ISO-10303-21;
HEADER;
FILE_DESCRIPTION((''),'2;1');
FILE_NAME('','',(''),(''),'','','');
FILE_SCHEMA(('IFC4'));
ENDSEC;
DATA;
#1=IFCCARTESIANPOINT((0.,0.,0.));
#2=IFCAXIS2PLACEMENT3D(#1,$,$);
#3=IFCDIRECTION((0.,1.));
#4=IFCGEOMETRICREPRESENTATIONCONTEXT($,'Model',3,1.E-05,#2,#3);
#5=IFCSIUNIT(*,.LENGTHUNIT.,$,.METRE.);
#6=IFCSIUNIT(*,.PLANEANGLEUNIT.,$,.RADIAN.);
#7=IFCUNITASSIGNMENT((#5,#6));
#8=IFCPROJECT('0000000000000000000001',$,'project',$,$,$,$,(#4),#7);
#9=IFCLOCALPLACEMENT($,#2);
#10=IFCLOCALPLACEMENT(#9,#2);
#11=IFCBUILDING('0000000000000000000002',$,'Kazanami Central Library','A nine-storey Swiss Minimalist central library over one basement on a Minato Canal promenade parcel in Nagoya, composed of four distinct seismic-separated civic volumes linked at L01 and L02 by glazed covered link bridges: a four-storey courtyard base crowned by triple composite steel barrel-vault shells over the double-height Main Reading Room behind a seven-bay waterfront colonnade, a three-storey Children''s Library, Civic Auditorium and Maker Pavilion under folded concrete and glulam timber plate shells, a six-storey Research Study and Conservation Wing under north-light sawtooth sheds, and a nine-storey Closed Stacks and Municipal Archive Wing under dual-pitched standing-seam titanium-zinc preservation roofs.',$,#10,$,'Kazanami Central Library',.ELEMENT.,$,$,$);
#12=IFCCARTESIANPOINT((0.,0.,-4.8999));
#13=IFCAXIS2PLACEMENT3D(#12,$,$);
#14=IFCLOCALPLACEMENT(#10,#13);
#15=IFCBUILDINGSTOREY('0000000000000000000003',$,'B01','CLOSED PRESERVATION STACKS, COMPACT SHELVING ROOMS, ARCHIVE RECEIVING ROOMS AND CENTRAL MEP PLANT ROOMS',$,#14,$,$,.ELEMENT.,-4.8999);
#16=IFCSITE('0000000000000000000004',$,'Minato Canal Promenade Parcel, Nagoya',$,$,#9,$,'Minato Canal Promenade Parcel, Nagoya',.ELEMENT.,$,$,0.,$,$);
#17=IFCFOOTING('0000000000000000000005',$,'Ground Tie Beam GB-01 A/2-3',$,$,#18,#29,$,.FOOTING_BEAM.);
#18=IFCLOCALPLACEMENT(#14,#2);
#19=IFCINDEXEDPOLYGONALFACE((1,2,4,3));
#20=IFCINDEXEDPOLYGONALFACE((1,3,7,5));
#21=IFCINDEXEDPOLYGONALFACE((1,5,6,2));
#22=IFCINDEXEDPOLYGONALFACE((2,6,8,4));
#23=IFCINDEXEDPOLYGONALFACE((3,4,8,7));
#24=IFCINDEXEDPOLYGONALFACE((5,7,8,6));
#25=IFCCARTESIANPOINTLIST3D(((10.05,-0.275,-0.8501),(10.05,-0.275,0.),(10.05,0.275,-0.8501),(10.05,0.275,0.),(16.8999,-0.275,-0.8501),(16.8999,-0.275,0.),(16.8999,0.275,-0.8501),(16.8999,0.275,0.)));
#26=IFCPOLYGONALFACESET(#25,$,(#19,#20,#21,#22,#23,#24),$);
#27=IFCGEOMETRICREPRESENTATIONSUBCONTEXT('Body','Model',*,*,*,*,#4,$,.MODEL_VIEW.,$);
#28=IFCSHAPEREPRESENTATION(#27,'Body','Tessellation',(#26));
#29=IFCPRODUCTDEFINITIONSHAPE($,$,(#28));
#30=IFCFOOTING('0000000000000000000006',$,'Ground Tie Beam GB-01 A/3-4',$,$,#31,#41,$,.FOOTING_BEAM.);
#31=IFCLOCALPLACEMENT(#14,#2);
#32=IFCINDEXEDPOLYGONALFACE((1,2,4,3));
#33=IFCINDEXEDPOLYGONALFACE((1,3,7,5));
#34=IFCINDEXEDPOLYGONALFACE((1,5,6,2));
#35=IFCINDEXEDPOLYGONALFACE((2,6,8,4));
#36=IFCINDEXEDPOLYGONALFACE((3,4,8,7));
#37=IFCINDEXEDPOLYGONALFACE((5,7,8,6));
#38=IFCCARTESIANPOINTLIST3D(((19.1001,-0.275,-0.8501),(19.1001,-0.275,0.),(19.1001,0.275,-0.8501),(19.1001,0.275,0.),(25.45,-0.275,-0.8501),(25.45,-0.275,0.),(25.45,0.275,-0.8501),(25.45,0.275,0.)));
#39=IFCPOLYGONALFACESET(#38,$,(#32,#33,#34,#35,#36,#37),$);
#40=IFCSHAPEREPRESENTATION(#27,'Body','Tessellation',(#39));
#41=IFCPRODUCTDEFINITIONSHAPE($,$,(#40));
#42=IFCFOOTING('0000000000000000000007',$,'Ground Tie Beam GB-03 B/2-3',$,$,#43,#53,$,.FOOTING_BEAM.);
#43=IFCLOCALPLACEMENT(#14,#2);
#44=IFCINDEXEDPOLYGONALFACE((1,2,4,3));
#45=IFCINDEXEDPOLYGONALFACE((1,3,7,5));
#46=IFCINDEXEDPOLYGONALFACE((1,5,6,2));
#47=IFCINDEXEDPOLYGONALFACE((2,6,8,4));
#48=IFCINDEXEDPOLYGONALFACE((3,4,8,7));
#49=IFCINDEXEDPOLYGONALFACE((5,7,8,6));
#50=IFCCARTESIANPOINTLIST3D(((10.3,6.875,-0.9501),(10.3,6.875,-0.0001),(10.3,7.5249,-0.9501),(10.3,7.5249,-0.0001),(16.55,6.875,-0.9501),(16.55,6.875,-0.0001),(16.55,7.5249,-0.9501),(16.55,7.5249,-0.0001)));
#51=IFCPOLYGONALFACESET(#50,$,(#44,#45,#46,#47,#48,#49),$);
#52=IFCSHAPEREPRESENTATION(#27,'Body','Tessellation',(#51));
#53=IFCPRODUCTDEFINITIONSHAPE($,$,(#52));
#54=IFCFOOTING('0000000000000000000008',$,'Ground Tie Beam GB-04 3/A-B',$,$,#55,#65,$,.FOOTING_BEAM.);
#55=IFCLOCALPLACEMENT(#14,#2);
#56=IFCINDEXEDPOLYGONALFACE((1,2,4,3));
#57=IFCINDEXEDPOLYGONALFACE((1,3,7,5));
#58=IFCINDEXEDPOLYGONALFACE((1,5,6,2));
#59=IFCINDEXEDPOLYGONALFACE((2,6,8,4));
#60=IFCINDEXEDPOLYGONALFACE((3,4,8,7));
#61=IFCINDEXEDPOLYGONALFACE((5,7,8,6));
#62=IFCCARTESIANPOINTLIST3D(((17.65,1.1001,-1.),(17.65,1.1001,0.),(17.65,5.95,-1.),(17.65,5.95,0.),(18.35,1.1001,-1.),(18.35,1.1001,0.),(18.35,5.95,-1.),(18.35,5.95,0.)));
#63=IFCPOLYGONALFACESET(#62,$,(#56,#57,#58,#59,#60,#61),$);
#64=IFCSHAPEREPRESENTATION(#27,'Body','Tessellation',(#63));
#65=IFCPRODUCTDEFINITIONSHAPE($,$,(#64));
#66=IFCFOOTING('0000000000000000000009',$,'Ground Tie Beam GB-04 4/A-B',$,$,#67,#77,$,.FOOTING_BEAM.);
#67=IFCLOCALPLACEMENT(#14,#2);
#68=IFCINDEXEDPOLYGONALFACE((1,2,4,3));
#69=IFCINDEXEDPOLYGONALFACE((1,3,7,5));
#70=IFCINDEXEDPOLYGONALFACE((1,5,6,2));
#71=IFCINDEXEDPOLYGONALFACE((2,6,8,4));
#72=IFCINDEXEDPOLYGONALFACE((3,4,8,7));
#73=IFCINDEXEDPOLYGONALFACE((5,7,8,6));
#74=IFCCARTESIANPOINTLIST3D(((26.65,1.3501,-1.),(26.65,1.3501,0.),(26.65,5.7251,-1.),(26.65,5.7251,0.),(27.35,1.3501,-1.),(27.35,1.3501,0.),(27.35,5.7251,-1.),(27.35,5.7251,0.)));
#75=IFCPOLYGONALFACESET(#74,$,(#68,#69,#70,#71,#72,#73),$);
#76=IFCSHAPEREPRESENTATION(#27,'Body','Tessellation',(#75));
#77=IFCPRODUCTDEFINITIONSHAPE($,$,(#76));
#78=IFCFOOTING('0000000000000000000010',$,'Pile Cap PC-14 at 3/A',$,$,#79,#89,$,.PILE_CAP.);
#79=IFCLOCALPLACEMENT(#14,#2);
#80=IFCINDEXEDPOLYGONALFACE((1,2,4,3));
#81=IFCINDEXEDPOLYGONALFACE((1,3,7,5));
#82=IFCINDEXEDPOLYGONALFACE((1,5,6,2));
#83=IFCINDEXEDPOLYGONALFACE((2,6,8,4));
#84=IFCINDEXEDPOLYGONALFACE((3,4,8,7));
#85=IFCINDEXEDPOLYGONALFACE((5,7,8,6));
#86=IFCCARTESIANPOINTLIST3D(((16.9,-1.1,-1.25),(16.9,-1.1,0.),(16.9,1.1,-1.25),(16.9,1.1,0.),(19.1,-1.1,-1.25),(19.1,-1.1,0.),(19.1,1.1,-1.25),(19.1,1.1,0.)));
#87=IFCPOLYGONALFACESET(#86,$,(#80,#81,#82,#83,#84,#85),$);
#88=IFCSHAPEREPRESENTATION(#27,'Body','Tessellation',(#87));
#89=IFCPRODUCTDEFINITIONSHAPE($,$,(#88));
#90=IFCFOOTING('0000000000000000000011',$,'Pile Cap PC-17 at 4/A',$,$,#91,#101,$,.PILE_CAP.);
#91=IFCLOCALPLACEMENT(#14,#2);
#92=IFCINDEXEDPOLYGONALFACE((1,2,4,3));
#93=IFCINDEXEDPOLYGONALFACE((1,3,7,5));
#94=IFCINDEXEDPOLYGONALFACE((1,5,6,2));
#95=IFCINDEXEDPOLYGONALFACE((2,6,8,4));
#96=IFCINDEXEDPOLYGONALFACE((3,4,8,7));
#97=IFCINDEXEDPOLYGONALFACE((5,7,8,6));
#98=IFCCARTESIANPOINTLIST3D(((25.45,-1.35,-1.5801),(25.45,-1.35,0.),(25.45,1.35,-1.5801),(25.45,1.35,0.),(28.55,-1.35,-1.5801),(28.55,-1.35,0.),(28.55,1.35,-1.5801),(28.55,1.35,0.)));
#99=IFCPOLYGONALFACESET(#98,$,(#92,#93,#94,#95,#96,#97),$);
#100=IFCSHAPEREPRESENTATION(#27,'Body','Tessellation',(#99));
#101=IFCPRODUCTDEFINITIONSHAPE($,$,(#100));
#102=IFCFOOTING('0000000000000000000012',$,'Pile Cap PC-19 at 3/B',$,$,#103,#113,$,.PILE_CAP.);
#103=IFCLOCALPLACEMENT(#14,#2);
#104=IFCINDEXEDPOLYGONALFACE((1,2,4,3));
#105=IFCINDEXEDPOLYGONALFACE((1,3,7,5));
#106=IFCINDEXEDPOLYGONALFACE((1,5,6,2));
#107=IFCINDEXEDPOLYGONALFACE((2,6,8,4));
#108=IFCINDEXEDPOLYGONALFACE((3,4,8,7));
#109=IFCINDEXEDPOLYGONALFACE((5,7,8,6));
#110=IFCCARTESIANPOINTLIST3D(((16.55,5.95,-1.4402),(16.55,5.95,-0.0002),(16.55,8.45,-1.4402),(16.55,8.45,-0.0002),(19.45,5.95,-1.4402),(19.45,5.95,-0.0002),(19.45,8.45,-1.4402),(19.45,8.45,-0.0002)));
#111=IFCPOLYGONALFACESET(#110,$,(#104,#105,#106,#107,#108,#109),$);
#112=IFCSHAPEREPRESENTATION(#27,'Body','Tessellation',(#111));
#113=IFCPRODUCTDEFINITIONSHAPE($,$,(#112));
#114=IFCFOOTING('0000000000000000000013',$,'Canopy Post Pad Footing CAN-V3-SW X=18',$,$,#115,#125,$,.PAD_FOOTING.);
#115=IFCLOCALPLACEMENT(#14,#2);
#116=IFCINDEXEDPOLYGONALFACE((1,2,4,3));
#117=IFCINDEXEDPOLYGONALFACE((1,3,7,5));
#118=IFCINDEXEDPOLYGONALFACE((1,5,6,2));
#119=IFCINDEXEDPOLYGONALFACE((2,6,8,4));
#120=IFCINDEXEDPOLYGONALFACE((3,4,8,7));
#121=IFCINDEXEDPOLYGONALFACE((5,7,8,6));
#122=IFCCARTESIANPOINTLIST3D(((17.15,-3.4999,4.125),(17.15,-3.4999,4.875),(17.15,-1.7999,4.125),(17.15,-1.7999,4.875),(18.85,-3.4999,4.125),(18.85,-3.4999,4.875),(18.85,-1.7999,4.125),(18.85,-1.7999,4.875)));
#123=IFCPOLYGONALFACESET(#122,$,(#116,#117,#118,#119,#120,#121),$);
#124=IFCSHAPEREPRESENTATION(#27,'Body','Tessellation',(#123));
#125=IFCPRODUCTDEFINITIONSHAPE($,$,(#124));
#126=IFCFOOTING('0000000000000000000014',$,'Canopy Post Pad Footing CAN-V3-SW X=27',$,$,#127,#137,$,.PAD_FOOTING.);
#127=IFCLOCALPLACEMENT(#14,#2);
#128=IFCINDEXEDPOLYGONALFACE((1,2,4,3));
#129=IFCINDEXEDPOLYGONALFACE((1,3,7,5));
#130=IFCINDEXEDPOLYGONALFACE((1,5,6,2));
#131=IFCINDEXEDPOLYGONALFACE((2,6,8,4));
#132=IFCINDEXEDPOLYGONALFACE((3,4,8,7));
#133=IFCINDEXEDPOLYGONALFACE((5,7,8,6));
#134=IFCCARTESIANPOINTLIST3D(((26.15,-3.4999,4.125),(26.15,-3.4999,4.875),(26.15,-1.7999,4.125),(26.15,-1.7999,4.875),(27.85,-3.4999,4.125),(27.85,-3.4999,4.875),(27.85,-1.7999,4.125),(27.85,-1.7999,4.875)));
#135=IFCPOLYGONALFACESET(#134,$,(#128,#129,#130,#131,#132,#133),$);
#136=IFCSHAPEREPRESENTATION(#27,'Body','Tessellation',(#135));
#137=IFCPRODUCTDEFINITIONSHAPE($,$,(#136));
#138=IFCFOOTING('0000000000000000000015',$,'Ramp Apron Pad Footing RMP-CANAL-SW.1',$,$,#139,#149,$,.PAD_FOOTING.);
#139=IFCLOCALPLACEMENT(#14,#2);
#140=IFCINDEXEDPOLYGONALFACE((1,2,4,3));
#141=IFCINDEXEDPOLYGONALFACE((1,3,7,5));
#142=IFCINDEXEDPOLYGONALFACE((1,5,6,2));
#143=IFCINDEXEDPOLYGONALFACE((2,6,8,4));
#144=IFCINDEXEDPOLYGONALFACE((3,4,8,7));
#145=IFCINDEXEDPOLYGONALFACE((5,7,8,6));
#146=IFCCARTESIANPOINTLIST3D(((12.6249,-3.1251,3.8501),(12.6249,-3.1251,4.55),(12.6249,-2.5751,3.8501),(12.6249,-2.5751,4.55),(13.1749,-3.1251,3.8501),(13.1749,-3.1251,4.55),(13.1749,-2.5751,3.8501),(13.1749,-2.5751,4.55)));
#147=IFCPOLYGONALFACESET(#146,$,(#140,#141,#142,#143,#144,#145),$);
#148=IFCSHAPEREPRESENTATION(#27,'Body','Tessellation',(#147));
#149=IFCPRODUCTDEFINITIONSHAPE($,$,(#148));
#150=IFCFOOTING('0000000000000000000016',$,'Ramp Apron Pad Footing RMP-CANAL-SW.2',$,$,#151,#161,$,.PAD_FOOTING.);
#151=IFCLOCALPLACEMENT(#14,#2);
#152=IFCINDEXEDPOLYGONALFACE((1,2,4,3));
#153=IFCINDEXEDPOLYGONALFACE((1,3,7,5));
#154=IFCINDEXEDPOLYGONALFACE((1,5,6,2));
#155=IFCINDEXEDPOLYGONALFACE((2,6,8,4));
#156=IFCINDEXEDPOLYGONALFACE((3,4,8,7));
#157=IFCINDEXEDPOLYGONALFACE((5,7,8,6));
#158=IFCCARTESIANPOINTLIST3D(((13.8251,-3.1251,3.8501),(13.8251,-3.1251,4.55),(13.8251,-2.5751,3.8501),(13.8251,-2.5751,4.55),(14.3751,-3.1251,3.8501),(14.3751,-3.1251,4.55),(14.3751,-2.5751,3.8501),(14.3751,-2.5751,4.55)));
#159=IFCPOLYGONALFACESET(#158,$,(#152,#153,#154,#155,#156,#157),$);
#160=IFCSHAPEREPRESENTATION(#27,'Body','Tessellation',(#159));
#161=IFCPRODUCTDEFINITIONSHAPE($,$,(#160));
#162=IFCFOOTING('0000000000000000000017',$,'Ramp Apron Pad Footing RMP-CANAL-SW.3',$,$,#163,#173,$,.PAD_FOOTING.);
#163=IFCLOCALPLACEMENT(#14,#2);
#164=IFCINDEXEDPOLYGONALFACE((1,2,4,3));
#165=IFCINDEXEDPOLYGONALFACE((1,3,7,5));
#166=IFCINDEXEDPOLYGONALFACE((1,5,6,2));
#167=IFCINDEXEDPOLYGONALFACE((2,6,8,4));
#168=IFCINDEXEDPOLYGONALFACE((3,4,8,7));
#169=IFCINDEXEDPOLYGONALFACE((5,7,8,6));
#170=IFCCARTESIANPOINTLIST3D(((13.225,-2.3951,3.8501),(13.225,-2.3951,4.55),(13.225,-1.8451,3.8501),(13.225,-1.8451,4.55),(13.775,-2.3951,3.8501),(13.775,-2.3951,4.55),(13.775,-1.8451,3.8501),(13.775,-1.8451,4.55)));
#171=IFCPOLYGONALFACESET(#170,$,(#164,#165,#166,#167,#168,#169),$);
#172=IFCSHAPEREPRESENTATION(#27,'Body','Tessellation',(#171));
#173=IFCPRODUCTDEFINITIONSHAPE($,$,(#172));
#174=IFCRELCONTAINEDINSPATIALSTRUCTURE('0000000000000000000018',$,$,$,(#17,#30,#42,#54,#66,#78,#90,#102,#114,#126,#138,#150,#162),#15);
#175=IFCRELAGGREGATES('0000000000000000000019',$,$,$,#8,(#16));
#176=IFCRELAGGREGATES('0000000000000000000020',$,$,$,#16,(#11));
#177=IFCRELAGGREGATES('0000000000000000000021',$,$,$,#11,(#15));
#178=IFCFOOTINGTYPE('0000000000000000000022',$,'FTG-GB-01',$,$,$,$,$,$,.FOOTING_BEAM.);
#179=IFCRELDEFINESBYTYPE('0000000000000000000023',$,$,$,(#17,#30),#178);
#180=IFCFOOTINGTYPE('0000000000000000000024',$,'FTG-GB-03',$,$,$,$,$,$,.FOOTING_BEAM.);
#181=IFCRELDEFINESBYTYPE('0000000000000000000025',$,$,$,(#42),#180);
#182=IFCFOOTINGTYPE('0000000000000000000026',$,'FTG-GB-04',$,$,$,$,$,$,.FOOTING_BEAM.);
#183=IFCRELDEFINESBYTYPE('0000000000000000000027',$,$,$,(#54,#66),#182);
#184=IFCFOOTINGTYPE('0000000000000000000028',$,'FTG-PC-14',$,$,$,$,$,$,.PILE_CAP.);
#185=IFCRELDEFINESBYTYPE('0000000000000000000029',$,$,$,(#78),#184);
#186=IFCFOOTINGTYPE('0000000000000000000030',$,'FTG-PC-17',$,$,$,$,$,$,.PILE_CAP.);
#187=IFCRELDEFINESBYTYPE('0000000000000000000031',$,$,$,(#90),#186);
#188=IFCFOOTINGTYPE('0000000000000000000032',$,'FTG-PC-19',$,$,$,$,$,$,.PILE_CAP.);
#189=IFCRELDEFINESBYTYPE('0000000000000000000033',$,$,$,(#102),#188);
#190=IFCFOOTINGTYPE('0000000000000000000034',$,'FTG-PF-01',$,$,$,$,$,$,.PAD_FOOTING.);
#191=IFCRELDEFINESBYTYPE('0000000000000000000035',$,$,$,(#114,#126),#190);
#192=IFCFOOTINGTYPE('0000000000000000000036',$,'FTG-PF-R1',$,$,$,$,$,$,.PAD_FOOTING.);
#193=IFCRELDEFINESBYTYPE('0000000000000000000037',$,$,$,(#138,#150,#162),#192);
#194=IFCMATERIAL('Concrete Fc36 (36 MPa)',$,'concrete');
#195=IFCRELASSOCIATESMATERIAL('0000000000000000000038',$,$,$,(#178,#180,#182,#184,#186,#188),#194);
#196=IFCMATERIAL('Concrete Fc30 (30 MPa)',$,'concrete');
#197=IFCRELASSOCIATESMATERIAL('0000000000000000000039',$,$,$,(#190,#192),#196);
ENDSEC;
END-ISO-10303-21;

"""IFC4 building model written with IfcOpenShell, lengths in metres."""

from ifc_helpers import new_model, si_unit, direction, frame, origin, origin_2d, place, context, subcontext, project, spatial, rectangle, extrude, material, material_profile, profile_set, type_object, element, save


model = new_model("IFC4")

# Units and contexts
model_context = context("Model", 3, precision=1e-05, world=origin(), true_north=direction((0.0, 1.0)))
body_context = subcontext(model_context, "Body", "Model", "MODEL_VIEW")
ifc_project = project(units=[si_unit("LENGTHUNIT", "METRE"), si_unit("PLANEANGLEUNIT", "RADIAN")], contexts=[model_context])

# Site, building, storey
site_placement = place(None, origin())
site = spatial("IfcSite", under=ifc_project, at=site_placement, Name="Minato Canal Promenade Parcel, Nagoya", LongName="Minato Canal Promenade Parcel, Nagoya", CompositionType="ELEMENT", RefElevation=0.0)
building_placement = place(site_placement, origin())
building = spatial("IfcBuilding", under=site, at=building_placement, Name="Kazanami Central Library", Description="A nine-storey Swiss Minimalist central library over one basement on a Minato Canal promenade parcel in Nagoya, composed of four distinct seismic-separated civic volumes linked at L01 and L02 by glazed covered link bridges: a four-storey courtyard base crowned by triple composite steel barrel-vault shells over the double-height Main Reading Room behind a seven-bay waterfront colonnade, a three-storey Children's Library, Civic Auditorium and Maker Pavilion under folded concrete and glulam timber plate shells, a six-storey Research Study and Conservation Wing under north-light sawtooth sheds, and a nine-storey Closed Stacks and Municipal Archive Wing under dual-pitched standing-seam titanium-zinc preservation roofs.", LongName="Kazanami Central Library", CompositionType="ELEMENT")
storey_placement = place(building_placement, frame((0.0, 0.0, -4.8999)))
storey = spatial("IfcBuildingStorey", under=building, at=storey_placement, Name="B01", Description="CLOSED PRESERVATION STACKS, COMPACT SHELVING ROOMS, ARCHIVE RECEIVING ROOMS AND CENTRAL MEP PLANT ROOMS", CompositionType="ELEMENT", Elevation=-4.8999)

# Footings
ifc_material_1 = material(Name="Concrete Fc36 (36 MPa)", Category="concrete")
ifc_material_profile_1 = material_profile(ifc_material_1, rectangle(XDim=0.55, YDim=0.8501, at=origin_2d()), Name="RC-550x850")
ifc_profile_set_1 = profile_set([ifc_material_profile_1], Name="Concrete Fc36 (36 MPa)")
footing_type_1 = type_object("IfcFootingType", Name="FTG-GB-01", PredefinedType="FOOTING_BEAM", material=ifc_profile_set_1)
footing_1_placement = place(storey_placement, frame((10.05, 0.0, -0.425), z_axis=(1.0, 0.0, 0.0), x_axis=(0.0, 1.0, 0.0)))
element("IfcFooting", 1, at=footing_1_placement, inside=storey, type_object=footing_type_1, Name="Ground Tie Beam GB-01 A/2-3", PredefinedType="FOOTING_BEAM", context=body_context, shape_type="SweptSolid", body=[
    extrude(rectangle(XDim=0.55, YDim=0.8501, at=origin_2d()), origin(), (0.0, 0.0, 1.0), 6.8499),
])
footing_2_placement = place(storey_placement, frame((19.1001, 0.0, -0.425), z_axis=(1.0, 0.0, 0.0), x_axis=(0.0, 1.0, 0.0)))
element("IfcFooting", 2, at=footing_2_placement, inside=storey, type_object=footing_type_1, Name="Ground Tie Beam GB-01 A/3-4", PredefinedType="FOOTING_BEAM", context=body_context, shape_type="SweptSolid", body=[
    extrude(rectangle(XDim=0.55, YDim=0.8501, at=origin_2d()), origin(), (0.0, 0.0, 1.0), 6.3499),
])
ifc_material_profile_2 = material_profile(ifc_material_1, rectangle(XDim=0.6499, YDim=0.95, at=origin_2d()), Name="RC-650x950")
ifc_profile_set_2 = profile_set([ifc_material_profile_2], Name="Concrete Fc36 (36 MPa)")
footing_type_2 = type_object("IfcFootingType", Name="FTG-GB-03", PredefinedType="FOOTING_BEAM", material=ifc_profile_set_2)
footing_3_placement = place(storey_placement, frame((10.3, 7.2, -0.4751), z_axis=(1.0, 0.0, 0.0), x_axis=(0.0, 1.0, 0.0)))
element("IfcFooting", 3, at=footing_3_placement, inside=storey, type_object=footing_type_2, Name="Ground Tie Beam GB-03 B/2-3", PredefinedType="FOOTING_BEAM", context=body_context, shape_type="SweptSolid", body=[
    extrude(rectangle(XDim=0.6499, YDim=0.95, at=origin_2d()), origin(), (0.0, 0.0, 1.0), 6.25),
])
ifc_material_profile_3 = material_profile(ifc_material_1, rectangle(XDim=0.7, YDim=1.0, at=origin_2d()), Name="RC-700x1000")
ifc_profile_set_3 = profile_set([ifc_material_profile_3], Name="Concrete Fc36 (36 MPa)")
footing_type_3 = type_object("IfcFootingType", Name="FTG-GB-04", PredefinedType="FOOTING_BEAM", material=ifc_profile_set_3)
footing_4_placement = place(storey_placement, frame((18.0, 1.1001, -0.5), z_axis=(0.0, 1.0, 0.0), x_axis=(-1.0, 0.0, 0.0)))
element("IfcFooting", 4, at=footing_4_placement, inside=storey, type_object=footing_type_3, Name="Ground Tie Beam GB-04 3/A-B", PredefinedType="FOOTING_BEAM", context=body_context, shape_type="SweptSolid", body=[
    extrude(rectangle(XDim=0.7, YDim=1.0, at=origin_2d()), origin(), (0.0, 0.0, 1.0), 4.8499),
])
footing_5_placement = place(storey_placement, frame((27.0, 1.3501, -0.5), z_axis=(0.0, 1.0, 0.0), x_axis=(-1.0, 0.0, 0.0)))
element("IfcFooting", 5, at=footing_5_placement, inside=storey, type_object=footing_type_3, Name="Ground Tie Beam GB-04 4/A-B", PredefinedType="FOOTING_BEAM", context=body_context, shape_type="SweptSolid", body=[
    extrude(rectangle(XDim=0.7, YDim=1.0, at=origin_2d()), origin(), (0.0, 0.0, 1.0), 4.375),
])
footing_type_4 = type_object("IfcFootingType", Name="FTG-PC-14", PredefinedType="PILE_CAP", material=ifc_material_1)
footing_6_placement = place(storey_placement, frame((18.0, 0.0, -1.25), z_axis=(0.0, 0.0, 1.0), x_axis=(1.0, 0.0, 0.0)))
element("IfcFooting", 6, at=footing_6_placement, inside=storey, type_object=footing_type_4, Name="Pile Cap PC-14 at 3/A", PredefinedType="PILE_CAP", context=body_context, shape_type="SweptSolid", body=[
    extrude(rectangle(XDim=2.2, YDim=2.2, at=origin_2d()), origin(), (0.0, 0.0, 1.0), 1.25),
])
footing_type_5 = type_object("IfcFootingType", Name="FTG-PC-17", PredefinedType="PILE_CAP", material=ifc_material_1)
footing_7_placement = place(storey_placement, frame((27.0, 0.0, -1.5801), z_axis=(0.0, 0.0, 1.0), x_axis=(1.0, 0.0, 0.0)))
element("IfcFooting", 7, at=footing_7_placement, inside=storey, type_object=footing_type_5, Name="Pile Cap PC-17 at 4/A", PredefinedType="PILE_CAP", context=body_context, shape_type="SweptSolid", body=[
    extrude(rectangle(XDim=3.1001, YDim=2.7, at=origin_2d()), origin(), (0.0, 0.0, 1.0), 1.5801),
])
footing_type_6 = type_object("IfcFootingType", Name="FTG-PC-19", PredefinedType="PILE_CAP", material=ifc_material_1)
footing_8_placement = place(storey_placement, frame((18.0, 7.2, -1.4402), z_axis=(0.0, 0.0, 1.0), x_axis=(1.0, 0.0, 0.0)))
element("IfcFooting", 8, at=footing_8_placement, inside=storey, type_object=footing_type_6, Name="Pile Cap PC-19 at 3/B", PredefinedType="PILE_CAP", context=body_context, shape_type="SweptSolid", body=[
    extrude(rectangle(XDim=2.8999, YDim=2.5, at=origin_2d()), origin(), (0.0, 0.0, 1.0), 1.4399),
])
ifc_material_2 = material(Name="Concrete Fc30 (30 MPa)", Category="concrete")
footing_type_7 = type_object("IfcFootingType", Name="FTG-PF-01", PredefinedType="PAD_FOOTING", material=ifc_material_2)
for number, where, z_axis, x_axis, name in (
    (9, (18.0, -2.6499, 4.125), (0.0, 0.0, 1.0), (1.0, 0.0, 0.0), "Canopy Post Pad Footing CAN-V3-SW X=18"),
    (10, (27.0, -2.6499, 4.125), (0.0, 0.0, 1.0), (1.0, 0.0, 0.0), "Canopy Post Pad Footing CAN-V3-SW X=27"),
):
    element("IfcFooting", number, at=place(storey_placement, frame(where, z_axis=z_axis, x_axis=x_axis)), inside=storey, type_object=footing_type_7, Name=name, PredefinedType="PAD_FOOTING", context=body_context, shape_type="SweptSolid", body=[
        extrude(rectangle(XDim=1.7, YDim=1.7, at=origin_2d()), origin(), (0.0, 0.0, 1.0), 0.75),
    ])
footing_type_8 = type_object("IfcFootingType", Name="FTG-PF-R1", PredefinedType="PAD_FOOTING", material=ifc_material_2)
for number, where, z_axis, x_axis, name in (
    (11, (12.8999, -2.8501, 3.8501), (0.0, 0.0, 1.0), (1.0, 0.0, 0.0), "Ramp Apron Pad Footing RMP-CANAL-SW.1"),
    (12, (14.1001, -2.8501, 3.8501), (0.0, 0.0, 1.0), (1.0, 0.0, 0.0), "Ramp Apron Pad Footing RMP-CANAL-SW.2"),
    (13, (13.5, -2.1201, 3.8501), (0.0, 0.0, 1.0), (1.0, 0.0, 0.0), "Ramp Apron Pad Footing RMP-CANAL-SW.3"),
):
    element("IfcFooting", number, at=place(storey_placement, frame(where, z_axis=z_axis, x_axis=x_axis)), inside=storey, type_object=footing_type_8, Name=name, PredefinedType="PAD_FOOTING", context=body_context, shape_type="SweptSolid", body=[
        extrude(rectangle(XDim=0.55, YDim=0.55, at=origin_2d()), origin(), (0.0, 0.0, 1.0), 0.7),
    ])

save(model, "model.ifc")
